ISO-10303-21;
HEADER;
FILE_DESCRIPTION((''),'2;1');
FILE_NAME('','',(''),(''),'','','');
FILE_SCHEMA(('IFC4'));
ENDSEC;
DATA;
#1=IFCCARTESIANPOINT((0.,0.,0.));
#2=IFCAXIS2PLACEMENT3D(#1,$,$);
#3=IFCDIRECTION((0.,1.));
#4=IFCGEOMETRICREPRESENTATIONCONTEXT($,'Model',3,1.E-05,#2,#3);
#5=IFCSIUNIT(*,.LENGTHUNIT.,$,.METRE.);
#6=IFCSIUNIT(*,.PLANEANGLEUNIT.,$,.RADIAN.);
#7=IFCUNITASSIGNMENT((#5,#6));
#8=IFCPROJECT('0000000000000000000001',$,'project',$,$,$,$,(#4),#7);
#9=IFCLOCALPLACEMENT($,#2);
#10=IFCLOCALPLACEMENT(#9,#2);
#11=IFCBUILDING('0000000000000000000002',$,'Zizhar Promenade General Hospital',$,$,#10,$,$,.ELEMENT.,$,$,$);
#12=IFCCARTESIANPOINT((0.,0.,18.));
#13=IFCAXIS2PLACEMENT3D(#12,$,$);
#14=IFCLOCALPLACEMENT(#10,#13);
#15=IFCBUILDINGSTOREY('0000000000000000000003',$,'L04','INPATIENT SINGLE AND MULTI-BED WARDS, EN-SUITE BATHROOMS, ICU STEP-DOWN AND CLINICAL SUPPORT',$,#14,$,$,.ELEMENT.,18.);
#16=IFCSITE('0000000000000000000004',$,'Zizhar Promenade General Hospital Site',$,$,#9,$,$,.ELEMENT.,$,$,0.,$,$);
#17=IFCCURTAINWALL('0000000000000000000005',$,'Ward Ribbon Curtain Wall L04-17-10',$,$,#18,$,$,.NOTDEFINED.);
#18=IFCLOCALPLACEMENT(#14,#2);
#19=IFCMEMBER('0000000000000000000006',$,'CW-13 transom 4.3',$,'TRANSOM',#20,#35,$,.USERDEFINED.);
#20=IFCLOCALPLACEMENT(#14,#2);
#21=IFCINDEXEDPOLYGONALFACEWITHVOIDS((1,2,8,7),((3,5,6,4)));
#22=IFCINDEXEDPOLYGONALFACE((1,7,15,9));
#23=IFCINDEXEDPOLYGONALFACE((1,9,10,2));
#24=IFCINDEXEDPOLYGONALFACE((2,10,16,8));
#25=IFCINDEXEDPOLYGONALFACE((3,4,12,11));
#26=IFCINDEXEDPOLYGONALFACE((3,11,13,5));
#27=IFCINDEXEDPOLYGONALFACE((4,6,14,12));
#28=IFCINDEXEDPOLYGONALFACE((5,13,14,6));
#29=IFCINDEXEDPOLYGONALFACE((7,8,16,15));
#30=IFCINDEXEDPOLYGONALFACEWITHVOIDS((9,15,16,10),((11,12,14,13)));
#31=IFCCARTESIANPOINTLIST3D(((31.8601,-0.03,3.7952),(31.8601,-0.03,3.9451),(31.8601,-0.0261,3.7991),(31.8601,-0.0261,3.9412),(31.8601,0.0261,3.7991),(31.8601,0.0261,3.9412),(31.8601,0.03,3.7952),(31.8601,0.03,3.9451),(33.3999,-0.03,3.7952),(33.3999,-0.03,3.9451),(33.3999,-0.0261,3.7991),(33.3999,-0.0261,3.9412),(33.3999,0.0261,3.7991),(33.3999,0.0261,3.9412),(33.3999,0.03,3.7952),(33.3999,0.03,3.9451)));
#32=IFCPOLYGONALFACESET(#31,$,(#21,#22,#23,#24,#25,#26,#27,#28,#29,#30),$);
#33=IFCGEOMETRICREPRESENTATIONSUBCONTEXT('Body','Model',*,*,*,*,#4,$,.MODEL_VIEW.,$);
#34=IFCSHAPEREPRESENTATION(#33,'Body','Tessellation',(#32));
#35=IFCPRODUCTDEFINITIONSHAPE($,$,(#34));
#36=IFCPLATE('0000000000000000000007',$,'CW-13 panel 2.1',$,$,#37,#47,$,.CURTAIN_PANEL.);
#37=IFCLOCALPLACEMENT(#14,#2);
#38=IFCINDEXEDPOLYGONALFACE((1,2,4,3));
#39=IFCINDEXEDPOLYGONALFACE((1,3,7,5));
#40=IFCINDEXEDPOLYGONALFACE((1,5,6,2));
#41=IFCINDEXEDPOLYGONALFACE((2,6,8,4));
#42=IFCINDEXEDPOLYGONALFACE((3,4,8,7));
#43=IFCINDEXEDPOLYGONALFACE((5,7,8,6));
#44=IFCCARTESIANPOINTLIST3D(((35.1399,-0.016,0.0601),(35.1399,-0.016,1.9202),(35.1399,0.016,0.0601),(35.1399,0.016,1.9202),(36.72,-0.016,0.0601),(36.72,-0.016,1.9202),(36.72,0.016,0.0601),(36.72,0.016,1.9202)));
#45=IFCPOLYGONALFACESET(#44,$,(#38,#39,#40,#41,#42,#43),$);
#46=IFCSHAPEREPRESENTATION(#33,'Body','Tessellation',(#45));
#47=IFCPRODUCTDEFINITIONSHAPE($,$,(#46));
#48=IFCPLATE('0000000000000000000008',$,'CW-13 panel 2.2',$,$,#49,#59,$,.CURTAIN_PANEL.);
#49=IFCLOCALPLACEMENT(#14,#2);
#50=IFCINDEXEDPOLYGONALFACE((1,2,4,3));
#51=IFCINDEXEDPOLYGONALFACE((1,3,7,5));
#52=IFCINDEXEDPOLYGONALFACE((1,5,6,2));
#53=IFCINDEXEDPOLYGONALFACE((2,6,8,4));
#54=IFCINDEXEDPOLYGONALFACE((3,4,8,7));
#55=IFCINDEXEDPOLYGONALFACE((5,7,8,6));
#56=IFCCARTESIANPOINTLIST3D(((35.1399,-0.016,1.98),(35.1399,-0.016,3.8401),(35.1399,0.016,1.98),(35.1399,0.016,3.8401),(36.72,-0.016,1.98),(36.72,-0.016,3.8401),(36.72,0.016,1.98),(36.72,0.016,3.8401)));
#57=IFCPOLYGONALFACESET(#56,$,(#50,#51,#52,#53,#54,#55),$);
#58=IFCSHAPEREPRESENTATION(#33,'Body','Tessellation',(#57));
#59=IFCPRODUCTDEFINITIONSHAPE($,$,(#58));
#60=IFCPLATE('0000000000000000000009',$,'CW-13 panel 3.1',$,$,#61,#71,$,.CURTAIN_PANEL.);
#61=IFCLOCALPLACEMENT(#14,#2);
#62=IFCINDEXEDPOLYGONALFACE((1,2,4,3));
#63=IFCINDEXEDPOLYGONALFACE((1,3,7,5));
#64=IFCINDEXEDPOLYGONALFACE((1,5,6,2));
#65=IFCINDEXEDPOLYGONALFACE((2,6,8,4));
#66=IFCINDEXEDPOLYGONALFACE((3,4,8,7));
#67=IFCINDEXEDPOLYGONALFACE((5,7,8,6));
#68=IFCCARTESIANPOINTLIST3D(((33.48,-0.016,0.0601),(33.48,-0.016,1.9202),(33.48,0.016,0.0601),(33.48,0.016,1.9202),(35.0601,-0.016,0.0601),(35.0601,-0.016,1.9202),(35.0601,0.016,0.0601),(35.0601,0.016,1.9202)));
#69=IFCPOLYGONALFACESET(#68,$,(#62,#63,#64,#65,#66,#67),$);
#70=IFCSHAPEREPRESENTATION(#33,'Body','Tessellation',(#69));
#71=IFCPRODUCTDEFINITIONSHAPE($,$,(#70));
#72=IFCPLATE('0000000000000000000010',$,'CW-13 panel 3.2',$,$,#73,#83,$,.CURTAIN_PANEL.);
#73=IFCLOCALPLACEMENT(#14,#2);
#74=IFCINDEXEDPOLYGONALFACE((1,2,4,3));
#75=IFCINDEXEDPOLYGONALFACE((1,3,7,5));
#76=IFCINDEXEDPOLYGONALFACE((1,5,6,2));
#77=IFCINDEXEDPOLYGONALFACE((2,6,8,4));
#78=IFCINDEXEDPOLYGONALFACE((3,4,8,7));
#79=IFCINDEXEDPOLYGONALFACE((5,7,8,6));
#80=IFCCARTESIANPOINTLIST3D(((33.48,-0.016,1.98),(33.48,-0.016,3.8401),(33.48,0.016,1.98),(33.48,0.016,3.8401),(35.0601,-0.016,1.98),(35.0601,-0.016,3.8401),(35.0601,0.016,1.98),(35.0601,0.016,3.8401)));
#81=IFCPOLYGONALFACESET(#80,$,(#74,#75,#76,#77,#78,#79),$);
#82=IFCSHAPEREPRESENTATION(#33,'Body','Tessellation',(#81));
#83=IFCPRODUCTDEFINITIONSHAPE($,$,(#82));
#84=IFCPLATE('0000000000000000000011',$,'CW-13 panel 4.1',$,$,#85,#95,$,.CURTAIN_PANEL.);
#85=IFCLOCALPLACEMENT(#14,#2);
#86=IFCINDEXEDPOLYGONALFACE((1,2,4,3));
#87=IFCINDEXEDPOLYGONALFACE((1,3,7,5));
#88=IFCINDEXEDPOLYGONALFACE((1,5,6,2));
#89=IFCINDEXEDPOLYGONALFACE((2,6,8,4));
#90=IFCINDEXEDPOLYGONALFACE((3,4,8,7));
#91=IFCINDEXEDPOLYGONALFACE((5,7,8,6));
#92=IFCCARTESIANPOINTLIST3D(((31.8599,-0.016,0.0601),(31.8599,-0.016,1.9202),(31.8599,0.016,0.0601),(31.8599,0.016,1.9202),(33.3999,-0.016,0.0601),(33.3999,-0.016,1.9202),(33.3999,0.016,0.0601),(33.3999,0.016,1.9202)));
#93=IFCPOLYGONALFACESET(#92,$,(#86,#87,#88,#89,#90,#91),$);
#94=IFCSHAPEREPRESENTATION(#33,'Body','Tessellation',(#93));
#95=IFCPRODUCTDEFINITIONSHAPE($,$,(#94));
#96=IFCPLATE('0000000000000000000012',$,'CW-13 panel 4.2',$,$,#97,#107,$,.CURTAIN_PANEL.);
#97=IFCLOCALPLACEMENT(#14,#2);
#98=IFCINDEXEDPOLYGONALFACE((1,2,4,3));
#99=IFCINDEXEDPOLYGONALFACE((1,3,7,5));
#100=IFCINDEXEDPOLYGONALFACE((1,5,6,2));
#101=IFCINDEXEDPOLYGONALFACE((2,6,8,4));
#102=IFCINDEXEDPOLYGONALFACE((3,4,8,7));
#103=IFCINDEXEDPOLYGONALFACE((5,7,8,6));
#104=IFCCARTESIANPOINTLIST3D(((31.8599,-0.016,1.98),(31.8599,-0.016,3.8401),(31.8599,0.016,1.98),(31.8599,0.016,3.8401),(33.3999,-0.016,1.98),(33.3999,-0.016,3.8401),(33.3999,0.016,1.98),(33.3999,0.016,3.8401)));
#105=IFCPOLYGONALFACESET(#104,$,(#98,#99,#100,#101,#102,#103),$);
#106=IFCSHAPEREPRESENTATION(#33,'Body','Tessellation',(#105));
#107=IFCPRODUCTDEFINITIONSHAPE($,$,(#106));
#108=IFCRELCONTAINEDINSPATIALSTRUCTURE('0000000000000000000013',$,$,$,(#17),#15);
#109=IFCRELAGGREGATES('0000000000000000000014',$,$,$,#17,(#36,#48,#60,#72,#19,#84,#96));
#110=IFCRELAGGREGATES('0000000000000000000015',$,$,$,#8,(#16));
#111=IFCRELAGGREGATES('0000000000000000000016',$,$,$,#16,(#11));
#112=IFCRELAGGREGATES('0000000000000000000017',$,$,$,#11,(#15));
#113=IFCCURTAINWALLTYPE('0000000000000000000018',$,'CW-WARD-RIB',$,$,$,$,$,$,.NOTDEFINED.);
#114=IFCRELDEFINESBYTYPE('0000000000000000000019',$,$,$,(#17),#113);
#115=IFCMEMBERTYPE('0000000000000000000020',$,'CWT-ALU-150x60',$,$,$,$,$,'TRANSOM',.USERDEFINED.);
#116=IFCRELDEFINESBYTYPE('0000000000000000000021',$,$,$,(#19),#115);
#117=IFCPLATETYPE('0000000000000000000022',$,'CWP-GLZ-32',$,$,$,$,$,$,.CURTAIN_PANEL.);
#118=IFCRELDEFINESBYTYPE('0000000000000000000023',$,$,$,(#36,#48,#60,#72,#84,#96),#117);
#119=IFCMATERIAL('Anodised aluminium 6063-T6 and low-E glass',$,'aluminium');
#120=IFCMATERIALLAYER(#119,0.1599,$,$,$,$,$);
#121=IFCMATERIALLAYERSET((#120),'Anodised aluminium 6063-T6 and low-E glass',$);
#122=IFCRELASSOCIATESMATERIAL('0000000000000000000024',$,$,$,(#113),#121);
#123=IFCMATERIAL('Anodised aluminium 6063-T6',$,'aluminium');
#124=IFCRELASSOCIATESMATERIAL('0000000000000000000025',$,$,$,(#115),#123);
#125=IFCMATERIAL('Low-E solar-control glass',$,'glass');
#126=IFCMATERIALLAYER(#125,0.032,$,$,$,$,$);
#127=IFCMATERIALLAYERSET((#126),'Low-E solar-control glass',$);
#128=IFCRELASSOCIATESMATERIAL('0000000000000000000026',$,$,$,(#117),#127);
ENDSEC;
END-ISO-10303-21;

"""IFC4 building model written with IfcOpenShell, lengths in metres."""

from ifc_helpers import new_model, si_unit, direction, frame, origin, origin_2d, place, context, subcontext, project, spatial, rectangle, hollow_rectangle, extrude, material, layer, layer_set, material_profile, profile_set, type_object, element, aggregate, save


model = new_model("IFC4")

# Units and contexts
model_context = context("Model", 3, precision=1e-05, world=origin(), true_north=direction((0.0, 1.0)))
body_context = subcontext(model_context, "Body", "Model", "MODEL_VIEW")
ifc_project = project(units=[si_unit("LENGTHUNIT", "METRE"), si_unit("PLANEANGLEUNIT", "RADIAN")], contexts=[model_context])

# Site, building, storey
site_placement = place(None, origin())
site = spatial("IfcSite", under=ifc_project, at=site_placement, Name="Zizhar Promenade General Hospital Site", CompositionType="ELEMENT", RefElevation=0.0)
building_placement = place(site_placement, origin())
building = spatial("IfcBuilding", under=site, at=building_placement, Name="Zizhar Promenade General Hospital", CompositionType="ELEMENT")
storey_placement = place(building_placement, frame((0.0, 0.0, 18.0)))
storey = spatial("IfcBuildingStorey", under=building, at=storey_placement, Name="L04", Description="INPATIENT SINGLE AND MULTI-BED WARDS, EN-SUITE BATHROOMS, ICU STEP-DOWN AND CLINICAL SUPPORT", CompositionType="ELEMENT", Elevation=18.0)

# Curtain wall, member, plates
ifc_material_1 = material(Name="Anodised aluminium 6063-T6 and low-E glass", Category="aluminium")
ifc_layer_1 = layer(ifc_material_1, 0.1599)
ifc_layer_set_1 = layer_set([ifc_layer_1], Name="Anodised aluminium 6063-T6 and low-E glass")
curtain_wall_type = type_object("IfcCurtainWallType", Name="CW-WARD-RIB", PredefinedType="NOTDEFINED", material=ifc_layer_set_1)
curtain_wall_placement = place(storey_placement, origin())
curtain_wall = element("IfcCurtainWall", 1, at=curtain_wall_placement, inside=storey, type_object=curtain_wall_type, Name="Ward Ribbon Curtain Wall L04-17-10", PredefinedType="NOTDEFINED")
ifc_material_2 = material(Name="Anodised aluminium 6063-T6", Category="aluminium")
ifc_material_profile_1 = material_profile(ifc_material_2, hollow_rectangle(XDim=0.0601, YDim=0.1499, WallThickness=0.0039, at=origin_2d()))
ifc_profile_set_1 = profile_set([ifc_material_profile_1], Name="Anodised aluminium 6063-T6")
member_type_1 = type_object("IfcMemberType", Name="CWT-ALU-150x60", ElementType="TRANSOM", PredefinedType="USERDEFINED", material=ifc_profile_set_1)
member_1_placement = place(storey_placement, frame((33.3999, 0.0, 3.8701), z_axis=(-1.0, 0.0, 0.0), x_axis=(0.0, -1.0, 0.0)))
member_1 = element("IfcMember", 2, at=member_1_placement, type_object=member_type_1, Name="CW-13 transom 4.3", ObjectType="TRANSOM", PredefinedType="USERDEFINED", context=body_context, shape_type="SweptSolid", body=[
    extrude(hollow_rectangle(XDim=0.0601, YDim=0.1499, WallThickness=0.0039, at=origin_2d()), origin(), (0.0, 0.0, 1.0), 1.5398),
])
ifc_material_3 = material(Name="Low-E solar-control glass", Category="glass")
ifc_layer_2 = layer(ifc_material_3, 0.032)
ifc_layer_set_2 = layer_set([ifc_layer_2], Name="Low-E solar-control glass")
plate_type = type_object("IfcPlateType", Name="CWP-GLZ-32", PredefinedType="CURTAIN_PANEL", material=ifc_layer_set_2)
plate_1_placement = place(storey_placement, frame((35.9299, 0.0, 0.0601), z_axis=(0.0, 0.0, 1.0), x_axis=(-1.0, 0.0, 0.0)))
plate_1 = element("IfcPlate", 3, at=plate_1_placement, type_object=plate_type, Name="CW-13 panel 2.1", PredefinedType="CURTAIN_PANEL", context=body_context, shape_type="SweptSolid", body=[
    extrude(rectangle(XDim=1.5801, YDim=0.032, at=origin_2d()), origin(), (0.0, 0.0, 1.0), 1.8601),
])
plate_2_placement = place(storey_placement, frame((35.9299, 0.0, 1.98), z_axis=(0.0, 0.0, 1.0), x_axis=(-1.0, 0.0, 0.0)))
plate_2 = element("IfcPlate", 4, at=plate_2_placement, type_object=plate_type, Name="CW-13 panel 2.2", PredefinedType="CURTAIN_PANEL", context=body_context, shape_type="SweptSolid", body=[
    extrude(rectangle(XDim=1.5801, YDim=0.032, at=origin_2d()), origin(), (0.0, 0.0, 1.0), 1.8601),
])
plate_3_placement = place(storey_placement, frame((34.27, 0.0, 0.0601), z_axis=(0.0, 0.0, 1.0), x_axis=(-1.0, 0.0, 0.0)))
plate_3 = element("IfcPlate", 5, at=plate_3_placement, type_object=plate_type, Name="CW-13 panel 3.1", PredefinedType="CURTAIN_PANEL", context=body_context, shape_type="SweptSolid", body=[
    extrude(rectangle(XDim=1.5801, YDim=0.032, at=origin_2d()), origin(), (0.0, 0.0, 1.0), 1.8601),
])
plate_4_placement = place(storey_placement, frame((34.27, 0.0, 1.98), z_axis=(0.0, 0.0, 1.0), x_axis=(-1.0, 0.0, 0.0)))
plate_4 = element("IfcPlate", 6, at=plate_4_placement, type_object=plate_type, Name="CW-13 panel 3.2", PredefinedType="CURTAIN_PANEL", context=body_context, shape_type="SweptSolid", body=[
    extrude(rectangle(XDim=1.5801, YDim=0.032, at=origin_2d()), origin(), (0.0, 0.0, 1.0), 1.8601),
])
plate_5_placement = place(storey_placement, frame((32.6299, 0.0, 0.0601), z_axis=(0.0, 0.0, 1.0), x_axis=(-1.0, 0.0, 0.0)))
plate_5 = element("IfcPlate", 7, at=plate_5_placement, type_object=plate_type, Name="CW-13 panel 4.1", PredefinedType="CURTAIN_PANEL", context=body_context, shape_type="SweptSolid", body=[
    extrude(rectangle(XDim=1.54, YDim=0.032, at=origin_2d()), origin(), (0.0, 0.0, 1.0), 1.8601),
])
plate_6_placement = place(storey_placement, frame((32.6299, 0.0, 1.98), z_axis=(0.0, 0.0, 1.0), x_axis=(-1.0, 0.0, 0.0)))
plate_6 = element("IfcPlate", 8, at=plate_6_placement, type_object=plate_type, Name="CW-13 panel 4.2", PredefinedType="CURTAIN_PANEL", context=body_context, shape_type="SweptSolid", body=[
    extrude(rectangle(XDim=1.54, YDim=0.032, at=origin_2d()), origin(), (0.0, 0.0, 1.0), 1.8601),
])
aggregate(curtain_wall, [plate_1, plate_2, plate_3, plate_4, member_1, plate_5, plate_6])

save(model, "model.ifc")
